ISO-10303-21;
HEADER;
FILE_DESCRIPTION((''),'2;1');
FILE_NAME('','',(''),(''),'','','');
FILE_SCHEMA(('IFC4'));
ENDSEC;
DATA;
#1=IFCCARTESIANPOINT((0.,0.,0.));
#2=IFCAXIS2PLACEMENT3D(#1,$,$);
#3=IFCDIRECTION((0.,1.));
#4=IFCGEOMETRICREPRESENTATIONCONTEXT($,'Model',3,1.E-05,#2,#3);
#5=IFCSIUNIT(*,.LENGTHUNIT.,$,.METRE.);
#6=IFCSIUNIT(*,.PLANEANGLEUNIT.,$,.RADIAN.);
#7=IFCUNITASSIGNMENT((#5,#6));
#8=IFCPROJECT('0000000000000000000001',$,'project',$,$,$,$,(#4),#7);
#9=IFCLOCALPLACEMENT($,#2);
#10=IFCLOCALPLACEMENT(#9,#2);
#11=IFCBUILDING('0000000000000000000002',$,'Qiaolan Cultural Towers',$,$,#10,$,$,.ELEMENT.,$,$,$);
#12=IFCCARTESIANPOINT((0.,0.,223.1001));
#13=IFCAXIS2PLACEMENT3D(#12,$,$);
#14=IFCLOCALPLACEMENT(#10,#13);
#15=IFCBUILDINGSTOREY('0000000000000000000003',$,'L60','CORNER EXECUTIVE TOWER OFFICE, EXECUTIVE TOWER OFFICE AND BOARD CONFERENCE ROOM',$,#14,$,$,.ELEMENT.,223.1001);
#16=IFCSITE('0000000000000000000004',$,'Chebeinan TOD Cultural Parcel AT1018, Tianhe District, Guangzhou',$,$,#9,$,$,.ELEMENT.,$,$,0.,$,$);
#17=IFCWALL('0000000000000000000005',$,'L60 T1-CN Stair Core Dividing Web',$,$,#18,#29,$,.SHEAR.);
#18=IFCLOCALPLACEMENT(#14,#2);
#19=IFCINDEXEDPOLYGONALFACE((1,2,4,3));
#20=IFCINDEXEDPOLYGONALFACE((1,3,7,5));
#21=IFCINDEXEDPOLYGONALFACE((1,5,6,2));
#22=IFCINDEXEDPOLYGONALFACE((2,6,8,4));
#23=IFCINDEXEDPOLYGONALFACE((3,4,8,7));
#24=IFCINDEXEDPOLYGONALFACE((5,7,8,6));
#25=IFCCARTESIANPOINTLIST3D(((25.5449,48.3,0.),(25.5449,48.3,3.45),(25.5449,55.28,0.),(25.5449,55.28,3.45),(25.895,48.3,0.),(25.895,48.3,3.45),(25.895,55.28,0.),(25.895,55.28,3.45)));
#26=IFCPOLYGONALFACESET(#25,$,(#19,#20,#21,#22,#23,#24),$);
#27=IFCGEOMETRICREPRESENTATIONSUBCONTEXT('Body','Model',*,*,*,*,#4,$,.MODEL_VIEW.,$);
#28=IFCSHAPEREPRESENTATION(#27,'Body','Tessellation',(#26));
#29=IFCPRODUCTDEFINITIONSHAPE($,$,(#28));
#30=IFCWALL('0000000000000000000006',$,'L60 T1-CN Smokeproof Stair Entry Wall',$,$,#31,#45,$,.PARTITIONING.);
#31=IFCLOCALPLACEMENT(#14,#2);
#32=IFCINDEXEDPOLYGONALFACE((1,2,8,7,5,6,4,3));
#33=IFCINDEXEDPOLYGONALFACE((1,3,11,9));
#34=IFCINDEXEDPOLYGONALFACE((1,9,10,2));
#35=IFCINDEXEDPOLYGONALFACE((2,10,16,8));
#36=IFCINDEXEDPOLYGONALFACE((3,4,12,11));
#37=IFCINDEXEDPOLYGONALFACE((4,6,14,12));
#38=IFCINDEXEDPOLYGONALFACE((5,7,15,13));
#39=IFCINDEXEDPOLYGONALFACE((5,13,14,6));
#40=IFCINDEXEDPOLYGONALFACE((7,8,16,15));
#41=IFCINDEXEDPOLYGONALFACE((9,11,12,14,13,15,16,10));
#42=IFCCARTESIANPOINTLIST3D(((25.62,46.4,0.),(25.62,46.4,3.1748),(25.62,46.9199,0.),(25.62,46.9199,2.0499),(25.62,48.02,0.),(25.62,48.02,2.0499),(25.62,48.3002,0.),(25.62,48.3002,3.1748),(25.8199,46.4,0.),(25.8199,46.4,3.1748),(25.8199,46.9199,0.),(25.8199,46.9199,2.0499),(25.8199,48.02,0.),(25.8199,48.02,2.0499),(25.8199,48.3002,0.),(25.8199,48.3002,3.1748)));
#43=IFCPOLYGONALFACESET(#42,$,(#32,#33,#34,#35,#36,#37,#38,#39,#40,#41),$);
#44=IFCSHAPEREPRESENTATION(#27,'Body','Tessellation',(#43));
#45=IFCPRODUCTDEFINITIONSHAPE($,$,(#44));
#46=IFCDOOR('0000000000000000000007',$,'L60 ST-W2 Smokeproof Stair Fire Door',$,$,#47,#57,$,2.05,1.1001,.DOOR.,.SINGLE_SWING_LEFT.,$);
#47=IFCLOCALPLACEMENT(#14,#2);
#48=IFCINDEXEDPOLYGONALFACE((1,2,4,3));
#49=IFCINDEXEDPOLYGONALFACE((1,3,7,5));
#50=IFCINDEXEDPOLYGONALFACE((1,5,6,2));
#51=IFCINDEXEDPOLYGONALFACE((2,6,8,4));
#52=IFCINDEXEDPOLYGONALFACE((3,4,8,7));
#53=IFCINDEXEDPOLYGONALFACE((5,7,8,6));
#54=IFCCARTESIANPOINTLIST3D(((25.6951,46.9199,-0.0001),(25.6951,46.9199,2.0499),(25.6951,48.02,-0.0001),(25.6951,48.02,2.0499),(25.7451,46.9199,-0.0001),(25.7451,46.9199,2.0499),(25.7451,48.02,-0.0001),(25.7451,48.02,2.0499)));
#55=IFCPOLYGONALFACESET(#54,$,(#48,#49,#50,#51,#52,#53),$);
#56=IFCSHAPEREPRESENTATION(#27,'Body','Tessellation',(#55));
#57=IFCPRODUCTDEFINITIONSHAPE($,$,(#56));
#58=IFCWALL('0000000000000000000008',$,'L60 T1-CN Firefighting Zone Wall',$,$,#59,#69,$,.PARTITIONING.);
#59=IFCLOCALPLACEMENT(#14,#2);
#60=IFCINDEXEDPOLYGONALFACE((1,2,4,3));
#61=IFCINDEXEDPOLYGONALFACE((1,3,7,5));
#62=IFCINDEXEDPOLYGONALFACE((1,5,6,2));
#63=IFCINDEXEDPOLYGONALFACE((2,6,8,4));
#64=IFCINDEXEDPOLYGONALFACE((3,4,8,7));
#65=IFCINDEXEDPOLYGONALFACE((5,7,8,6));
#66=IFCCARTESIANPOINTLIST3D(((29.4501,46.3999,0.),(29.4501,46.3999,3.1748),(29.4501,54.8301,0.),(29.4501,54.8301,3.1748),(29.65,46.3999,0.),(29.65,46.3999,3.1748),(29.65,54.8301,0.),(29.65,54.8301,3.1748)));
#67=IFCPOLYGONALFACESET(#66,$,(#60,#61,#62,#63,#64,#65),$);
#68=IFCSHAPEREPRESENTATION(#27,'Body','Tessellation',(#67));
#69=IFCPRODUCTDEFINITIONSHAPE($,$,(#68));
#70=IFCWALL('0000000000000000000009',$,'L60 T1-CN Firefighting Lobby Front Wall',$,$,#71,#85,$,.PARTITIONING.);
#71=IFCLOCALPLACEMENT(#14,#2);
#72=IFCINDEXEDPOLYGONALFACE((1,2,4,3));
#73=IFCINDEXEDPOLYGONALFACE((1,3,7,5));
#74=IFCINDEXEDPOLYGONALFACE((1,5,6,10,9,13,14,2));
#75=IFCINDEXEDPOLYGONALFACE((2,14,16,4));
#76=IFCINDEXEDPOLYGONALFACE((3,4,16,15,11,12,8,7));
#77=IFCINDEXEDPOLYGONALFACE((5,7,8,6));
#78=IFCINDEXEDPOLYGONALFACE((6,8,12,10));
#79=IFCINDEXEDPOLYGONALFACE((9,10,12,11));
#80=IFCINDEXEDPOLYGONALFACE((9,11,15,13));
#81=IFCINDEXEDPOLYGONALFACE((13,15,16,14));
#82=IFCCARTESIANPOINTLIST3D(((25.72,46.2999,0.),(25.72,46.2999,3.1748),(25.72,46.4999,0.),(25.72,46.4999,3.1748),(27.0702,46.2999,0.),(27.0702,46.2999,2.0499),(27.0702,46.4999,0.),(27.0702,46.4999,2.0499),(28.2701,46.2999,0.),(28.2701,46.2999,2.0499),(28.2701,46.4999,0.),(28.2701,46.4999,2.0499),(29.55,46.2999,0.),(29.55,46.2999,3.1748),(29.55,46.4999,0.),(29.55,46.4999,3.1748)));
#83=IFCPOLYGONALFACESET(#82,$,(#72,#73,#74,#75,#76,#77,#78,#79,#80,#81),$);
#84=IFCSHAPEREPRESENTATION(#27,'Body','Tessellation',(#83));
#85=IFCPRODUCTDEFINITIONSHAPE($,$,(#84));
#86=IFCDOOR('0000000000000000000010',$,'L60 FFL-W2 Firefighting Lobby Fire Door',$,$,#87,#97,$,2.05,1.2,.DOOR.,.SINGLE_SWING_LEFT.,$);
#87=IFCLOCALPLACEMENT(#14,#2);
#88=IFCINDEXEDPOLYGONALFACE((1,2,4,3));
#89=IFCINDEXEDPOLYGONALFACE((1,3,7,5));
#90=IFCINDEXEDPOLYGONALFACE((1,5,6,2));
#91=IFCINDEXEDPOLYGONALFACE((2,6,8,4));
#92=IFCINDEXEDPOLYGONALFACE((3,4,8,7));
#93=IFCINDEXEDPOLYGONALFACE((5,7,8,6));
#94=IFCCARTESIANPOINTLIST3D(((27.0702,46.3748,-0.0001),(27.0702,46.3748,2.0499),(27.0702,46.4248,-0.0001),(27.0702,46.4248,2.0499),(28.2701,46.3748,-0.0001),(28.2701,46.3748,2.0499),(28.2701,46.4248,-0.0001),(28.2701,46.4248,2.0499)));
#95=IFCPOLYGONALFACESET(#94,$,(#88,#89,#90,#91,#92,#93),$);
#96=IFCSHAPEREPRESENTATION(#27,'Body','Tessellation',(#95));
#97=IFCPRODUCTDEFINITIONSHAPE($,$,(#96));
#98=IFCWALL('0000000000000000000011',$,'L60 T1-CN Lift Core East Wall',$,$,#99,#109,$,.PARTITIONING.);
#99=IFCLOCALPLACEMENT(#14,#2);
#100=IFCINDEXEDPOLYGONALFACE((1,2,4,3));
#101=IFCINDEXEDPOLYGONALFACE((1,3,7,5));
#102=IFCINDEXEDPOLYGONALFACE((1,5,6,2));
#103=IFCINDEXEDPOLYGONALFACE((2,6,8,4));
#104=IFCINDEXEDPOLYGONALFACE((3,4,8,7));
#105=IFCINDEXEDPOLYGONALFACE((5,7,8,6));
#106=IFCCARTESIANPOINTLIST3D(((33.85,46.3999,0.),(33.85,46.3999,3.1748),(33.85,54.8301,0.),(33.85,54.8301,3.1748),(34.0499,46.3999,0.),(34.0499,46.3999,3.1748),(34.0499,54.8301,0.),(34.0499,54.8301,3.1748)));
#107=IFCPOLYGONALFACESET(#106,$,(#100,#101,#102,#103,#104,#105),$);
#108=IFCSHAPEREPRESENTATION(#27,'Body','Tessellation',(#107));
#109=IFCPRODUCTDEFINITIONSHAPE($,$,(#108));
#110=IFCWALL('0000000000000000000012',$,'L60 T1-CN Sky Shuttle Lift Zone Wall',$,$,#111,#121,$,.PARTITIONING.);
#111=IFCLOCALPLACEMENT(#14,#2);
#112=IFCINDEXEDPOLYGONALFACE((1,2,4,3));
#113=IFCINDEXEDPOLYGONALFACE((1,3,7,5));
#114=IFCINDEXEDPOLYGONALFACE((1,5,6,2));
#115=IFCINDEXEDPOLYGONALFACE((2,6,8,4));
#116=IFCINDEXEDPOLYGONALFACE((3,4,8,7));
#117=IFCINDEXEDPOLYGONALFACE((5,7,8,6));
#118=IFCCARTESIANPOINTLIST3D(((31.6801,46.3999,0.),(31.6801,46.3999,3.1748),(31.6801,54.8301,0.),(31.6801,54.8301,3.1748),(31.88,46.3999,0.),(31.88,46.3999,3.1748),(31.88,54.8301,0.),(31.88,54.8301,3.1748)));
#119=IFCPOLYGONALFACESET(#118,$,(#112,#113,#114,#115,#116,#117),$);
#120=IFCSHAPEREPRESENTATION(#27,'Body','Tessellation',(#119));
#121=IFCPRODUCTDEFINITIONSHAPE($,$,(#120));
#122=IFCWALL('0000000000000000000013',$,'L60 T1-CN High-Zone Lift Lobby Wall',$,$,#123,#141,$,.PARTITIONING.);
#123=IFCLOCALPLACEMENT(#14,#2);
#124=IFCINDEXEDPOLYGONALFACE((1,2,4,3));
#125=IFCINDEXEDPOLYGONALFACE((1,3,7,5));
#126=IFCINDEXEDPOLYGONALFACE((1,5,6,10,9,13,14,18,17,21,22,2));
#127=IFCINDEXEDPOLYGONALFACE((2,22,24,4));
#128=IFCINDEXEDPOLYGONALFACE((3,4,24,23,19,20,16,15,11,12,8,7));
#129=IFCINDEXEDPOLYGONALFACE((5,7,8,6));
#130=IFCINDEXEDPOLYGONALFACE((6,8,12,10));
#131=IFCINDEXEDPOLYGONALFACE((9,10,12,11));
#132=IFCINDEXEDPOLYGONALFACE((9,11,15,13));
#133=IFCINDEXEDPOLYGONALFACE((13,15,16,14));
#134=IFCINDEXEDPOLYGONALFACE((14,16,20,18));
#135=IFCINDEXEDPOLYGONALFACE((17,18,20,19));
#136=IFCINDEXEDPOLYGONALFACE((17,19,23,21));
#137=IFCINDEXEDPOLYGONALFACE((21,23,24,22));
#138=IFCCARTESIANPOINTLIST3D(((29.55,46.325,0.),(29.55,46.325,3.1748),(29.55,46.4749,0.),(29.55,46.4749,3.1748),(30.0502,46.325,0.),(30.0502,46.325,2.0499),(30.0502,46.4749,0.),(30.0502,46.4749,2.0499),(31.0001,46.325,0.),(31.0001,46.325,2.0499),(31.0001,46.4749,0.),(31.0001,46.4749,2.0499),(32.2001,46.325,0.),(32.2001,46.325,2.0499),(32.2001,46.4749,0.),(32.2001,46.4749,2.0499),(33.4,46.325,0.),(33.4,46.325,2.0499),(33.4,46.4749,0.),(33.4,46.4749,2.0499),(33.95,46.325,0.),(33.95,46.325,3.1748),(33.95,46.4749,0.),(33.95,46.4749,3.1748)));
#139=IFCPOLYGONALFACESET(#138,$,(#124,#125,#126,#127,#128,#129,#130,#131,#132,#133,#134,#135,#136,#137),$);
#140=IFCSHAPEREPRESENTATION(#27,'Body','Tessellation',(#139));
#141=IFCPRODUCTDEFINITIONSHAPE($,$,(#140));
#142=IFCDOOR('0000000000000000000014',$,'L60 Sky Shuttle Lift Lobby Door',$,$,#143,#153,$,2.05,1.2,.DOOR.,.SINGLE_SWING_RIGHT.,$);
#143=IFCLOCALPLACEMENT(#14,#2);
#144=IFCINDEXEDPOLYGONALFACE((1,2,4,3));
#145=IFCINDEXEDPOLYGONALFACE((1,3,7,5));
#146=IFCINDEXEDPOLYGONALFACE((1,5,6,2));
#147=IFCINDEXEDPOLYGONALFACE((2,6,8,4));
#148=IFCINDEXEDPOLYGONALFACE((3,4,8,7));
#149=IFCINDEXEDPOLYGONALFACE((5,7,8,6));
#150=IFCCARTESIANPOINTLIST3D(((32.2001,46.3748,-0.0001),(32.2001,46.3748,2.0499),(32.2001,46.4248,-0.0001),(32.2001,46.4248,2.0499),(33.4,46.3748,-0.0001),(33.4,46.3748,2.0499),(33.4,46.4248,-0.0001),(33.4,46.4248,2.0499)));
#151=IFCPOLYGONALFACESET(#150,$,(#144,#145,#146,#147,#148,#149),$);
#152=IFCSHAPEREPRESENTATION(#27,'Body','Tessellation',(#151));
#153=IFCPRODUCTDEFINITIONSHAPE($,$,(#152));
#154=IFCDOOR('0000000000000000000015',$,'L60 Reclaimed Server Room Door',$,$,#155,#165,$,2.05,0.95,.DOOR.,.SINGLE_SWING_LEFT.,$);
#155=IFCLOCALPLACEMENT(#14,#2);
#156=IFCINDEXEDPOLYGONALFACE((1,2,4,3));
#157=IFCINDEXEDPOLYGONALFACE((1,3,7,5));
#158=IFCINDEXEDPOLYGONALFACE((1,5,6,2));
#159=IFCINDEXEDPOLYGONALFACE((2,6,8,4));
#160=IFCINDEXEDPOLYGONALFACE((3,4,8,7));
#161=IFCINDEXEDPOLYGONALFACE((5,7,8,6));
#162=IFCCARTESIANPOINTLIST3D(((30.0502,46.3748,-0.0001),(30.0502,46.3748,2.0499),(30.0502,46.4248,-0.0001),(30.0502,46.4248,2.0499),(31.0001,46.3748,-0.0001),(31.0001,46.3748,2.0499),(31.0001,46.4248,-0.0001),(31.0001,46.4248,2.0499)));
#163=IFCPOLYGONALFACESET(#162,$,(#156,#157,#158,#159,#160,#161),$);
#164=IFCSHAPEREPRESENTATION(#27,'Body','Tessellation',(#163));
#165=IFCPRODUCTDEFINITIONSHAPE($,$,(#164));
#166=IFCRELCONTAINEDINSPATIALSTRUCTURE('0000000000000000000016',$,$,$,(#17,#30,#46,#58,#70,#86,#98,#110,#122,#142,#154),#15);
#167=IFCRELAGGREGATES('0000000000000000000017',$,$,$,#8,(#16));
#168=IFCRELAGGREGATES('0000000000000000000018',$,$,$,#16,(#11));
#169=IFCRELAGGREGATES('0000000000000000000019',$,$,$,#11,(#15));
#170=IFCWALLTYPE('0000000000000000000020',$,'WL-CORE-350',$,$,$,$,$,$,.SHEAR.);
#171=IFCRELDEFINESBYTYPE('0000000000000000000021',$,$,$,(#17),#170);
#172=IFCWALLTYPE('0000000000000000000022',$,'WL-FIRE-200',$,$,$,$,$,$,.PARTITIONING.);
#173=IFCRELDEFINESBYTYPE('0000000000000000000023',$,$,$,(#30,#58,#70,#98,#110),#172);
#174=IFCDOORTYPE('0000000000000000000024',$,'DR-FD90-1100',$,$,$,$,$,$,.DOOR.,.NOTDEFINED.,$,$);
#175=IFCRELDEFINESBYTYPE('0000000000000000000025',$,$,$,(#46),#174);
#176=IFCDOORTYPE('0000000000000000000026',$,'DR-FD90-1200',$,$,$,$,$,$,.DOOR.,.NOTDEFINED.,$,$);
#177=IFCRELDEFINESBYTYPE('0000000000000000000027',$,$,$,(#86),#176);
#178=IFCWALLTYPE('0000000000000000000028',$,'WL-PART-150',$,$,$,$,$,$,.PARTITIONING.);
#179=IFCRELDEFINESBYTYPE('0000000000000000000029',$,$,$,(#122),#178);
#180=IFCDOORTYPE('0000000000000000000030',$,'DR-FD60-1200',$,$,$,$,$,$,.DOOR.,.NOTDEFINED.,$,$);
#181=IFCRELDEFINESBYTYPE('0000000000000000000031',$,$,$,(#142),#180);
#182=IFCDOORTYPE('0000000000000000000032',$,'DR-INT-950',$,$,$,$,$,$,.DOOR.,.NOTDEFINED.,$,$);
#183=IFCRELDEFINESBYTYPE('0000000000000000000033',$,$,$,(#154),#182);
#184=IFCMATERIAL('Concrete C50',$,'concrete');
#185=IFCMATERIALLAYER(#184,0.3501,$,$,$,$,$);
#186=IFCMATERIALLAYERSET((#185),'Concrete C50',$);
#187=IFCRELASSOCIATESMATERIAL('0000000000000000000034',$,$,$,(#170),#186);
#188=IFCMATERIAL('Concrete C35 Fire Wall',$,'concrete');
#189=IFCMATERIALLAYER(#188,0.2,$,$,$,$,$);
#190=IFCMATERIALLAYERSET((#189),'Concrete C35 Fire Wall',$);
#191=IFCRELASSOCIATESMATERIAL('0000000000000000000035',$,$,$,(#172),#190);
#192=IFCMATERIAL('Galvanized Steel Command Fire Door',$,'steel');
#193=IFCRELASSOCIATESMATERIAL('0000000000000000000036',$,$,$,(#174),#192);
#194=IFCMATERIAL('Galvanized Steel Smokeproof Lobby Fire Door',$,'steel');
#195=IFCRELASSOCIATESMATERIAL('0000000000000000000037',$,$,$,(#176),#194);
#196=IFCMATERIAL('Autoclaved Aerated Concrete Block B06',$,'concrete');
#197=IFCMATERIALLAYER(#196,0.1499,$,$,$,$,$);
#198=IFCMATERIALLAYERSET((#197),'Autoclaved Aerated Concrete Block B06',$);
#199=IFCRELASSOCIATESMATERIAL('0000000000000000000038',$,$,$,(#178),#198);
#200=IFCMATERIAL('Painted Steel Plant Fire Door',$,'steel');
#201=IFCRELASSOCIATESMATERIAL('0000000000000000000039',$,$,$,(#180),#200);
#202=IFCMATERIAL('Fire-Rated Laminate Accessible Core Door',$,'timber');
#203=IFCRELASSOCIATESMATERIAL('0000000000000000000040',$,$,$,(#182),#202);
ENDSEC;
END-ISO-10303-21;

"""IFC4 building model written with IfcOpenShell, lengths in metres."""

from ifc_helpers import new_model, si_unit, direction, frame, frame_2d, origin, place, context, subcontext, project, spatial, rectangle, extrude, material, layer, layer_set, type_object, element, fill, save


model = new_model("IFC4")

# Units and contexts
model_context = context("Model", 3, precision=1e-05, world=origin(), true_north=direction((0.0, 1.0)))
body_context = subcontext(model_context, "Body", "Model", "MODEL_VIEW")
ifc_project = project(units=[si_unit("LENGTHUNIT", "METRE"), si_unit("PLANEANGLEUNIT", "RADIAN")], contexts=[model_context])

# Site, building, storey
site_placement = place(None, origin())
site = spatial("IfcSite", under=ifc_project, at=site_placement, Name="Chebeinan TOD Cultural Parcel AT1018, Tianhe District, Guangzhou", CompositionType="ELEMENT", RefElevation=0.0)
building_placement = place(site_placement, origin())
building = spatial("IfcBuilding", under=site, at=building_placement, Name="Qiaolan Cultural Towers", CompositionType="ELEMENT")
storey_placement = place(building_placement, frame((0.0, 0.0, 223.1001)))
storey = spatial("IfcBuildingStorey", under=building, at=storey_placement, Name="L60", Description="CORNER EXECUTIVE TOWER OFFICE, EXECUTIVE TOWER OFFICE AND BOARD CONFERENCE ROOM", CompositionType="ELEMENT", Elevation=223.1001)

# Wall
ifc_material_1 = material(Name="Concrete C50", Category="concrete")
ifc_layer_1 = layer(ifc_material_1, 0.3501)
ifc_layer_set_1 = layer_set([ifc_layer_1], Name="Concrete C50")
wall_type_1 = type_object("IfcWallType", Name="WL-CORE-350", PredefinedType="SHEAR", material=ifc_layer_set_1)
wall_1_placement = place(storey_placement, frame((25.72, 48.3, 0.0), z_axis=(0.0, 0.0, 1.0), x_axis=(0.0, 1.0, 0.0)))
element("IfcWall", 1, at=wall_1_placement, inside=storey, type_object=wall_type_1, Name="L60 T1-CN Stair Core Dividing Web", PredefinedType="SHEAR", context=body_context, shape_type="SweptSolid", body=[
    extrude(rectangle(XDim=6.98, YDim=0.3501, at=frame_2d((3.49, 0.0))), origin(), (0.0, 0.0, 1.0), 3.45),
])

# Wall, opening, door
ifc_material_2 = material(Name="Concrete C35 Fire Wall", Category="concrete")
ifc_layer_2 = layer(ifc_material_2, 0.2)
ifc_layer_set_2 = layer_set([ifc_layer_2], Name="Concrete C35 Fire Wall")
wall_type_2 = type_object("IfcWallType", Name="WL-FIRE-200", PredefinedType="PARTITIONING", material=ifc_layer_set_2)
wall_2_placement = place(storey_placement, frame((25.72, 46.3999, 0.0), z_axis=(0.0, 0.0, 1.0), x_axis=(0.0, 1.0, 0.0)))
wall_2 = element("IfcWall", 2, at=wall_2_placement, inside=storey, type_object=wall_type_2, Name="L60 T1-CN Smokeproof Stair Entry Wall", PredefinedType="PARTITIONING", context=body_context, shape_type="SweptSolid", body=[
    extrude(rectangle(XDim=1.9001, YDim=0.2, at=frame_2d((0.9502, 0.0))), origin(), (0.0, 0.0, 1.0), 3.1748),
])
opening_1_placement = place(wall_2_placement, frame((0.52, 0.0, 0.0)))
opening_1 = element("IfcOpeningElement", 3, at=opening_1_placement, cuts=wall_2, PredefinedType="OPENING", context=body_context, shape_type="SweptSolid", body=[
    extrude(rectangle(XDim=1.1001, YDim=2.05, at=frame_2d((0.55, 1.0249))), frame((0.0, 0.1099, 0.0), z_axis=(0.0, -1.0, 0.0), x_axis=(1.0, 0.0, 0.0)), (0.0, 0.0, 1.0), 0.22),
])
ifc_material_3 = material(Name="Galvanized Steel Command Fire Door", Category="steel")
door_type_1 = type_object("IfcDoorType", Name="DR-FD90-1100", OperationType="NOTDEFINED", PredefinedType="DOOR", material=ifc_material_3)
door_1_placement = place(opening_1_placement, origin())
door_1 = element("IfcDoor", 4, at=door_1_placement, inside=storey, type_object=door_type_1, Name="L60 ST-W2 Smokeproof Stair Fire Door", OperationType="SINGLE_SWING_LEFT", OverallHeight=2.05, OverallWidth=1.1001, PredefinedType="DOOR", context=body_context, shape_type="SweptSolid", body=[
    extrude(rectangle(XDim=1.1001, YDim=2.05, at=frame_2d((0.55, 1.0249))), frame((0.0, 0.0249, 0.0), z_axis=(0.0, -1.0, 0.0), x_axis=(1.0, 0.0, 0.0)), (0.0, 0.0, 1.0), 0.05),
])
fill(opening_1, door_1)

# Wall
wall_3_placement = place(storey_placement, frame((29.55, 46.3999, 0.0), z_axis=(0.0, 0.0, 1.0), x_axis=(0.0, 1.0, 0.0)))
element("IfcWall", 5, at=wall_3_placement, inside=storey, type_object=wall_type_2, Name="L60 T1-CN Firefighting Zone Wall", PredefinedType="PARTITIONING", context=body_context, shape_type="SweptSolid", body=[
    extrude(rectangle(XDim=8.4302, YDim=0.2, at=frame_2d((4.2151, 0.0))), origin(), (0.0, 0.0, 1.0), 3.1748),
])

# Wall, opening, door
wall_4_placement = place(storey_placement, frame((25.72, 46.3999, 0.0), z_axis=(0.0, 0.0, 1.0), x_axis=(1.0, 0.0, 0.0)))
wall_4 = element("IfcWall", 6, at=wall_4_placement, inside=storey, type_object=wall_type_2, Name="L60 T1-CN Firefighting Lobby Front Wall", PredefinedType="PARTITIONING", context=body_context, shape_type="SweptSolid", body=[
    extrude(rectangle(XDim=3.8301, YDim=0.2, at=frame_2d((1.915, 0.0))), origin(), (0.0, 0.0, 1.0), 3.1748),
])
opening_2_placement = place(wall_4_placement, frame((1.3501, 0.0, 0.0)))
opening_2 = element("IfcOpeningElement", 7, at=opening_2_placement, cuts=wall_4, PredefinedType="OPENING", context=body_context, shape_type="SweptSolid", body=[
    extrude(rectangle(XDim=1.2, YDim=2.05, at=frame_2d((0.6001, 1.0249))), frame((0.0, 0.1099, 0.0), z_axis=(0.0, -1.0, 0.0), x_axis=(1.0, 0.0, 0.0)), (0.0, 0.0, 1.0), 0.22),
])
ifc_material_4 = material(Name="Galvanized Steel Smokeproof Lobby Fire Door", Category="steel")
door_type_2 = type_object("IfcDoorType", Name="DR-FD90-1200", OperationType="NOTDEFINED", PredefinedType="DOOR", material=ifc_material_4)
door_2_placement = place(opening_2_placement, origin())
door_2 = element("IfcDoor", 8, at=door_2_placement, inside=storey, type_object=door_type_2, Name="L60 FFL-W2 Firefighting Lobby Fire Door", OperationType="SINGLE_SWING_LEFT", OverallHeight=2.05, OverallWidth=1.2, PredefinedType="DOOR", context=body_context, shape_type="SweptSolid", body=[
    extrude(rectangle(XDim=1.2, YDim=2.05, at=frame_2d((0.6001, 1.0249))), frame((0.0, 0.0249, 0.0), z_axis=(0.0, -1.0, 0.0), x_axis=(1.0, 0.0, 0.0)), (0.0, 0.0, 1.0), 0.05),
])
fill(opening_2, door_2)

# Walls
for number, where, z_axis, x_axis, name in (
    (9, (33.95, 46.3999, 0.0), (0.0, 0.0, 1.0), (0.0, 1.0, 0.0), "L60 T1-CN Lift Core East Wall"),
    (10, (31.78, 46.3999, 0.0), (0.0, 0.0, 1.0), (0.0, 1.0, 0.0), "L60 T1-CN Sky Shuttle Lift Zone Wall"),
):
    element("IfcWall", number, at=place(storey_placement, frame(where, z_axis=z_axis, x_axis=x_axis)), inside=storey, type_object=wall_type_2, Name=name, PredefinedType="PARTITIONING", context=body_context, shape_type="SweptSolid", body=[
        extrude(rectangle(XDim=8.4302, YDim=0.2, at=frame_2d((4.2151, 0.0))), origin(), (0.0, 0.0, 1.0), 3.1748),
    ])

# Wall, openings, doors
ifc_material_5 = material(Name="Autoclaved Aerated Concrete Block B06", Category="concrete")
ifc_layer_3 = layer(ifc_material_5, 0.1499)
ifc_layer_set_3 = layer_set([ifc_layer_3], Name="Autoclaved Aerated Concrete Block B06")
wall_type_3 = type_object("IfcWallType", Name="WL-PART-150", PredefinedType="PARTITIONING", material=ifc_layer_set_3)
wall_5_placement = place(storey_placement, frame((29.55, 46.3999, 0.0), z_axis=(0.0, 0.0, 1.0), x_axis=(1.0, 0.0, 0.0)))
wall_5 = element("IfcWall", 11, at=wall_5_placement, inside=storey, type_object=wall_type_3, Name="L60 T1-CN High-Zone Lift Lobby Wall", PredefinedType="PARTITIONING", context=body_context, shape_type="SweptSolid", body=[
    extrude(rectangle(XDim=4.3999, YDim=0.1499, at=frame_2d((2.2, 0.0))), origin(), (0.0, 0.0, 1.0), 3.1748),
])
opening_3_placement = place(wall_5_placement, frame((0.5, 0.0, 0.0)))
opening_3 = element("IfcOpeningElement", 12, at=opening_3_placement, cuts=wall_5, PredefinedType="OPENING", context=body_context, shape_type="SweptSolid", body=[
    extrude(rectangle(XDim=0.95, YDim=2.05, at=frame_2d((0.4751, 1.0249))), frame((0.0, 0.085, 0.0), z_axis=(0.0, -1.0, 0.0), x_axis=(1.0, 0.0, 0.0)), (0.0, 0.0, 1.0), 0.1699),
])
opening_4_placement = place(wall_5_placement, frame((2.6499, 0.0, 0.0)))
opening_4 = element("IfcOpeningElement", 13, at=opening_4_placement, cuts=wall_5, PredefinedType="OPENING", context=body_context, shape_type="SweptSolid", body=[
    extrude(rectangle(XDim=1.2, YDim=2.05, at=frame_2d((0.6001, 1.0249))), frame((0.0, 0.085, 0.0), z_axis=(0.0, -1.0, 0.0), x_axis=(1.0, 0.0, 0.0)), (0.0, 0.0, 1.0), 0.1699),
])
ifc_material_6 = material(Name="Painted Steel Plant Fire Door", Category="steel")
door_type_3 = type_object("IfcDoorType", Name="DR-FD60-1200", OperationType="NOTDEFINED", PredefinedType="DOOR", material=ifc_material_6)
door_3_placement = place(opening_4_placement, origin())
door_3 = element("IfcDoor", 14, at=door_3_placement, inside=storey, type_object=door_type_3, Name="L60 Sky Shuttle Lift Lobby Door", OperationType="SINGLE_SWING_RIGHT", OverallHeight=2.05, OverallWidth=1.2, PredefinedType="DOOR", context=body_context, shape_type="SweptSolid", body=[
    extrude(rectangle(XDim=1.2, YDim=2.05, at=frame_2d((0.6001, 1.0249))), frame((0.0, 0.0249, 0.0), z_axis=(0.0, -1.0, 0.0), x_axis=(1.0, 0.0, 0.0)), (0.0, 0.0, 1.0), 0.05),
])
fill(opening_4, door_3)
ifc_material_7 = material(Name="Fire-Rated Laminate Accessible Core Door", Category="timber")
door_type_4 = type_object("IfcDoorType", Name="DR-INT-950", OperationType="NOTDEFINED", PredefinedType="DOOR", material=ifc_material_7)
door_4_placement = place(opening_3_placement, origin())
door_4 = element("IfcDoor", 15, at=door_4_placement, inside=storey, type_object=door_type_4, Name="L60 Reclaimed Server Room Door", OperationType="SINGLE_SWING_LEFT", OverallHeight=2.05, OverallWidth=0.95, PredefinedType="DOOR", context=body_context, shape_type="SweptSolid", body=[
    extrude(rectangle(XDim=0.95, YDim=2.05, at=frame_2d((0.4751, 1.0249))), frame((0.0, 0.0249, 0.0), z_axis=(0.0, -1.0, 0.0), x_axis=(1.0, 0.0, 0.0)), (0.0, 0.0, 1.0), 0.05),
])
fill(opening_3, door_4)

save(model, "model.ifc")
